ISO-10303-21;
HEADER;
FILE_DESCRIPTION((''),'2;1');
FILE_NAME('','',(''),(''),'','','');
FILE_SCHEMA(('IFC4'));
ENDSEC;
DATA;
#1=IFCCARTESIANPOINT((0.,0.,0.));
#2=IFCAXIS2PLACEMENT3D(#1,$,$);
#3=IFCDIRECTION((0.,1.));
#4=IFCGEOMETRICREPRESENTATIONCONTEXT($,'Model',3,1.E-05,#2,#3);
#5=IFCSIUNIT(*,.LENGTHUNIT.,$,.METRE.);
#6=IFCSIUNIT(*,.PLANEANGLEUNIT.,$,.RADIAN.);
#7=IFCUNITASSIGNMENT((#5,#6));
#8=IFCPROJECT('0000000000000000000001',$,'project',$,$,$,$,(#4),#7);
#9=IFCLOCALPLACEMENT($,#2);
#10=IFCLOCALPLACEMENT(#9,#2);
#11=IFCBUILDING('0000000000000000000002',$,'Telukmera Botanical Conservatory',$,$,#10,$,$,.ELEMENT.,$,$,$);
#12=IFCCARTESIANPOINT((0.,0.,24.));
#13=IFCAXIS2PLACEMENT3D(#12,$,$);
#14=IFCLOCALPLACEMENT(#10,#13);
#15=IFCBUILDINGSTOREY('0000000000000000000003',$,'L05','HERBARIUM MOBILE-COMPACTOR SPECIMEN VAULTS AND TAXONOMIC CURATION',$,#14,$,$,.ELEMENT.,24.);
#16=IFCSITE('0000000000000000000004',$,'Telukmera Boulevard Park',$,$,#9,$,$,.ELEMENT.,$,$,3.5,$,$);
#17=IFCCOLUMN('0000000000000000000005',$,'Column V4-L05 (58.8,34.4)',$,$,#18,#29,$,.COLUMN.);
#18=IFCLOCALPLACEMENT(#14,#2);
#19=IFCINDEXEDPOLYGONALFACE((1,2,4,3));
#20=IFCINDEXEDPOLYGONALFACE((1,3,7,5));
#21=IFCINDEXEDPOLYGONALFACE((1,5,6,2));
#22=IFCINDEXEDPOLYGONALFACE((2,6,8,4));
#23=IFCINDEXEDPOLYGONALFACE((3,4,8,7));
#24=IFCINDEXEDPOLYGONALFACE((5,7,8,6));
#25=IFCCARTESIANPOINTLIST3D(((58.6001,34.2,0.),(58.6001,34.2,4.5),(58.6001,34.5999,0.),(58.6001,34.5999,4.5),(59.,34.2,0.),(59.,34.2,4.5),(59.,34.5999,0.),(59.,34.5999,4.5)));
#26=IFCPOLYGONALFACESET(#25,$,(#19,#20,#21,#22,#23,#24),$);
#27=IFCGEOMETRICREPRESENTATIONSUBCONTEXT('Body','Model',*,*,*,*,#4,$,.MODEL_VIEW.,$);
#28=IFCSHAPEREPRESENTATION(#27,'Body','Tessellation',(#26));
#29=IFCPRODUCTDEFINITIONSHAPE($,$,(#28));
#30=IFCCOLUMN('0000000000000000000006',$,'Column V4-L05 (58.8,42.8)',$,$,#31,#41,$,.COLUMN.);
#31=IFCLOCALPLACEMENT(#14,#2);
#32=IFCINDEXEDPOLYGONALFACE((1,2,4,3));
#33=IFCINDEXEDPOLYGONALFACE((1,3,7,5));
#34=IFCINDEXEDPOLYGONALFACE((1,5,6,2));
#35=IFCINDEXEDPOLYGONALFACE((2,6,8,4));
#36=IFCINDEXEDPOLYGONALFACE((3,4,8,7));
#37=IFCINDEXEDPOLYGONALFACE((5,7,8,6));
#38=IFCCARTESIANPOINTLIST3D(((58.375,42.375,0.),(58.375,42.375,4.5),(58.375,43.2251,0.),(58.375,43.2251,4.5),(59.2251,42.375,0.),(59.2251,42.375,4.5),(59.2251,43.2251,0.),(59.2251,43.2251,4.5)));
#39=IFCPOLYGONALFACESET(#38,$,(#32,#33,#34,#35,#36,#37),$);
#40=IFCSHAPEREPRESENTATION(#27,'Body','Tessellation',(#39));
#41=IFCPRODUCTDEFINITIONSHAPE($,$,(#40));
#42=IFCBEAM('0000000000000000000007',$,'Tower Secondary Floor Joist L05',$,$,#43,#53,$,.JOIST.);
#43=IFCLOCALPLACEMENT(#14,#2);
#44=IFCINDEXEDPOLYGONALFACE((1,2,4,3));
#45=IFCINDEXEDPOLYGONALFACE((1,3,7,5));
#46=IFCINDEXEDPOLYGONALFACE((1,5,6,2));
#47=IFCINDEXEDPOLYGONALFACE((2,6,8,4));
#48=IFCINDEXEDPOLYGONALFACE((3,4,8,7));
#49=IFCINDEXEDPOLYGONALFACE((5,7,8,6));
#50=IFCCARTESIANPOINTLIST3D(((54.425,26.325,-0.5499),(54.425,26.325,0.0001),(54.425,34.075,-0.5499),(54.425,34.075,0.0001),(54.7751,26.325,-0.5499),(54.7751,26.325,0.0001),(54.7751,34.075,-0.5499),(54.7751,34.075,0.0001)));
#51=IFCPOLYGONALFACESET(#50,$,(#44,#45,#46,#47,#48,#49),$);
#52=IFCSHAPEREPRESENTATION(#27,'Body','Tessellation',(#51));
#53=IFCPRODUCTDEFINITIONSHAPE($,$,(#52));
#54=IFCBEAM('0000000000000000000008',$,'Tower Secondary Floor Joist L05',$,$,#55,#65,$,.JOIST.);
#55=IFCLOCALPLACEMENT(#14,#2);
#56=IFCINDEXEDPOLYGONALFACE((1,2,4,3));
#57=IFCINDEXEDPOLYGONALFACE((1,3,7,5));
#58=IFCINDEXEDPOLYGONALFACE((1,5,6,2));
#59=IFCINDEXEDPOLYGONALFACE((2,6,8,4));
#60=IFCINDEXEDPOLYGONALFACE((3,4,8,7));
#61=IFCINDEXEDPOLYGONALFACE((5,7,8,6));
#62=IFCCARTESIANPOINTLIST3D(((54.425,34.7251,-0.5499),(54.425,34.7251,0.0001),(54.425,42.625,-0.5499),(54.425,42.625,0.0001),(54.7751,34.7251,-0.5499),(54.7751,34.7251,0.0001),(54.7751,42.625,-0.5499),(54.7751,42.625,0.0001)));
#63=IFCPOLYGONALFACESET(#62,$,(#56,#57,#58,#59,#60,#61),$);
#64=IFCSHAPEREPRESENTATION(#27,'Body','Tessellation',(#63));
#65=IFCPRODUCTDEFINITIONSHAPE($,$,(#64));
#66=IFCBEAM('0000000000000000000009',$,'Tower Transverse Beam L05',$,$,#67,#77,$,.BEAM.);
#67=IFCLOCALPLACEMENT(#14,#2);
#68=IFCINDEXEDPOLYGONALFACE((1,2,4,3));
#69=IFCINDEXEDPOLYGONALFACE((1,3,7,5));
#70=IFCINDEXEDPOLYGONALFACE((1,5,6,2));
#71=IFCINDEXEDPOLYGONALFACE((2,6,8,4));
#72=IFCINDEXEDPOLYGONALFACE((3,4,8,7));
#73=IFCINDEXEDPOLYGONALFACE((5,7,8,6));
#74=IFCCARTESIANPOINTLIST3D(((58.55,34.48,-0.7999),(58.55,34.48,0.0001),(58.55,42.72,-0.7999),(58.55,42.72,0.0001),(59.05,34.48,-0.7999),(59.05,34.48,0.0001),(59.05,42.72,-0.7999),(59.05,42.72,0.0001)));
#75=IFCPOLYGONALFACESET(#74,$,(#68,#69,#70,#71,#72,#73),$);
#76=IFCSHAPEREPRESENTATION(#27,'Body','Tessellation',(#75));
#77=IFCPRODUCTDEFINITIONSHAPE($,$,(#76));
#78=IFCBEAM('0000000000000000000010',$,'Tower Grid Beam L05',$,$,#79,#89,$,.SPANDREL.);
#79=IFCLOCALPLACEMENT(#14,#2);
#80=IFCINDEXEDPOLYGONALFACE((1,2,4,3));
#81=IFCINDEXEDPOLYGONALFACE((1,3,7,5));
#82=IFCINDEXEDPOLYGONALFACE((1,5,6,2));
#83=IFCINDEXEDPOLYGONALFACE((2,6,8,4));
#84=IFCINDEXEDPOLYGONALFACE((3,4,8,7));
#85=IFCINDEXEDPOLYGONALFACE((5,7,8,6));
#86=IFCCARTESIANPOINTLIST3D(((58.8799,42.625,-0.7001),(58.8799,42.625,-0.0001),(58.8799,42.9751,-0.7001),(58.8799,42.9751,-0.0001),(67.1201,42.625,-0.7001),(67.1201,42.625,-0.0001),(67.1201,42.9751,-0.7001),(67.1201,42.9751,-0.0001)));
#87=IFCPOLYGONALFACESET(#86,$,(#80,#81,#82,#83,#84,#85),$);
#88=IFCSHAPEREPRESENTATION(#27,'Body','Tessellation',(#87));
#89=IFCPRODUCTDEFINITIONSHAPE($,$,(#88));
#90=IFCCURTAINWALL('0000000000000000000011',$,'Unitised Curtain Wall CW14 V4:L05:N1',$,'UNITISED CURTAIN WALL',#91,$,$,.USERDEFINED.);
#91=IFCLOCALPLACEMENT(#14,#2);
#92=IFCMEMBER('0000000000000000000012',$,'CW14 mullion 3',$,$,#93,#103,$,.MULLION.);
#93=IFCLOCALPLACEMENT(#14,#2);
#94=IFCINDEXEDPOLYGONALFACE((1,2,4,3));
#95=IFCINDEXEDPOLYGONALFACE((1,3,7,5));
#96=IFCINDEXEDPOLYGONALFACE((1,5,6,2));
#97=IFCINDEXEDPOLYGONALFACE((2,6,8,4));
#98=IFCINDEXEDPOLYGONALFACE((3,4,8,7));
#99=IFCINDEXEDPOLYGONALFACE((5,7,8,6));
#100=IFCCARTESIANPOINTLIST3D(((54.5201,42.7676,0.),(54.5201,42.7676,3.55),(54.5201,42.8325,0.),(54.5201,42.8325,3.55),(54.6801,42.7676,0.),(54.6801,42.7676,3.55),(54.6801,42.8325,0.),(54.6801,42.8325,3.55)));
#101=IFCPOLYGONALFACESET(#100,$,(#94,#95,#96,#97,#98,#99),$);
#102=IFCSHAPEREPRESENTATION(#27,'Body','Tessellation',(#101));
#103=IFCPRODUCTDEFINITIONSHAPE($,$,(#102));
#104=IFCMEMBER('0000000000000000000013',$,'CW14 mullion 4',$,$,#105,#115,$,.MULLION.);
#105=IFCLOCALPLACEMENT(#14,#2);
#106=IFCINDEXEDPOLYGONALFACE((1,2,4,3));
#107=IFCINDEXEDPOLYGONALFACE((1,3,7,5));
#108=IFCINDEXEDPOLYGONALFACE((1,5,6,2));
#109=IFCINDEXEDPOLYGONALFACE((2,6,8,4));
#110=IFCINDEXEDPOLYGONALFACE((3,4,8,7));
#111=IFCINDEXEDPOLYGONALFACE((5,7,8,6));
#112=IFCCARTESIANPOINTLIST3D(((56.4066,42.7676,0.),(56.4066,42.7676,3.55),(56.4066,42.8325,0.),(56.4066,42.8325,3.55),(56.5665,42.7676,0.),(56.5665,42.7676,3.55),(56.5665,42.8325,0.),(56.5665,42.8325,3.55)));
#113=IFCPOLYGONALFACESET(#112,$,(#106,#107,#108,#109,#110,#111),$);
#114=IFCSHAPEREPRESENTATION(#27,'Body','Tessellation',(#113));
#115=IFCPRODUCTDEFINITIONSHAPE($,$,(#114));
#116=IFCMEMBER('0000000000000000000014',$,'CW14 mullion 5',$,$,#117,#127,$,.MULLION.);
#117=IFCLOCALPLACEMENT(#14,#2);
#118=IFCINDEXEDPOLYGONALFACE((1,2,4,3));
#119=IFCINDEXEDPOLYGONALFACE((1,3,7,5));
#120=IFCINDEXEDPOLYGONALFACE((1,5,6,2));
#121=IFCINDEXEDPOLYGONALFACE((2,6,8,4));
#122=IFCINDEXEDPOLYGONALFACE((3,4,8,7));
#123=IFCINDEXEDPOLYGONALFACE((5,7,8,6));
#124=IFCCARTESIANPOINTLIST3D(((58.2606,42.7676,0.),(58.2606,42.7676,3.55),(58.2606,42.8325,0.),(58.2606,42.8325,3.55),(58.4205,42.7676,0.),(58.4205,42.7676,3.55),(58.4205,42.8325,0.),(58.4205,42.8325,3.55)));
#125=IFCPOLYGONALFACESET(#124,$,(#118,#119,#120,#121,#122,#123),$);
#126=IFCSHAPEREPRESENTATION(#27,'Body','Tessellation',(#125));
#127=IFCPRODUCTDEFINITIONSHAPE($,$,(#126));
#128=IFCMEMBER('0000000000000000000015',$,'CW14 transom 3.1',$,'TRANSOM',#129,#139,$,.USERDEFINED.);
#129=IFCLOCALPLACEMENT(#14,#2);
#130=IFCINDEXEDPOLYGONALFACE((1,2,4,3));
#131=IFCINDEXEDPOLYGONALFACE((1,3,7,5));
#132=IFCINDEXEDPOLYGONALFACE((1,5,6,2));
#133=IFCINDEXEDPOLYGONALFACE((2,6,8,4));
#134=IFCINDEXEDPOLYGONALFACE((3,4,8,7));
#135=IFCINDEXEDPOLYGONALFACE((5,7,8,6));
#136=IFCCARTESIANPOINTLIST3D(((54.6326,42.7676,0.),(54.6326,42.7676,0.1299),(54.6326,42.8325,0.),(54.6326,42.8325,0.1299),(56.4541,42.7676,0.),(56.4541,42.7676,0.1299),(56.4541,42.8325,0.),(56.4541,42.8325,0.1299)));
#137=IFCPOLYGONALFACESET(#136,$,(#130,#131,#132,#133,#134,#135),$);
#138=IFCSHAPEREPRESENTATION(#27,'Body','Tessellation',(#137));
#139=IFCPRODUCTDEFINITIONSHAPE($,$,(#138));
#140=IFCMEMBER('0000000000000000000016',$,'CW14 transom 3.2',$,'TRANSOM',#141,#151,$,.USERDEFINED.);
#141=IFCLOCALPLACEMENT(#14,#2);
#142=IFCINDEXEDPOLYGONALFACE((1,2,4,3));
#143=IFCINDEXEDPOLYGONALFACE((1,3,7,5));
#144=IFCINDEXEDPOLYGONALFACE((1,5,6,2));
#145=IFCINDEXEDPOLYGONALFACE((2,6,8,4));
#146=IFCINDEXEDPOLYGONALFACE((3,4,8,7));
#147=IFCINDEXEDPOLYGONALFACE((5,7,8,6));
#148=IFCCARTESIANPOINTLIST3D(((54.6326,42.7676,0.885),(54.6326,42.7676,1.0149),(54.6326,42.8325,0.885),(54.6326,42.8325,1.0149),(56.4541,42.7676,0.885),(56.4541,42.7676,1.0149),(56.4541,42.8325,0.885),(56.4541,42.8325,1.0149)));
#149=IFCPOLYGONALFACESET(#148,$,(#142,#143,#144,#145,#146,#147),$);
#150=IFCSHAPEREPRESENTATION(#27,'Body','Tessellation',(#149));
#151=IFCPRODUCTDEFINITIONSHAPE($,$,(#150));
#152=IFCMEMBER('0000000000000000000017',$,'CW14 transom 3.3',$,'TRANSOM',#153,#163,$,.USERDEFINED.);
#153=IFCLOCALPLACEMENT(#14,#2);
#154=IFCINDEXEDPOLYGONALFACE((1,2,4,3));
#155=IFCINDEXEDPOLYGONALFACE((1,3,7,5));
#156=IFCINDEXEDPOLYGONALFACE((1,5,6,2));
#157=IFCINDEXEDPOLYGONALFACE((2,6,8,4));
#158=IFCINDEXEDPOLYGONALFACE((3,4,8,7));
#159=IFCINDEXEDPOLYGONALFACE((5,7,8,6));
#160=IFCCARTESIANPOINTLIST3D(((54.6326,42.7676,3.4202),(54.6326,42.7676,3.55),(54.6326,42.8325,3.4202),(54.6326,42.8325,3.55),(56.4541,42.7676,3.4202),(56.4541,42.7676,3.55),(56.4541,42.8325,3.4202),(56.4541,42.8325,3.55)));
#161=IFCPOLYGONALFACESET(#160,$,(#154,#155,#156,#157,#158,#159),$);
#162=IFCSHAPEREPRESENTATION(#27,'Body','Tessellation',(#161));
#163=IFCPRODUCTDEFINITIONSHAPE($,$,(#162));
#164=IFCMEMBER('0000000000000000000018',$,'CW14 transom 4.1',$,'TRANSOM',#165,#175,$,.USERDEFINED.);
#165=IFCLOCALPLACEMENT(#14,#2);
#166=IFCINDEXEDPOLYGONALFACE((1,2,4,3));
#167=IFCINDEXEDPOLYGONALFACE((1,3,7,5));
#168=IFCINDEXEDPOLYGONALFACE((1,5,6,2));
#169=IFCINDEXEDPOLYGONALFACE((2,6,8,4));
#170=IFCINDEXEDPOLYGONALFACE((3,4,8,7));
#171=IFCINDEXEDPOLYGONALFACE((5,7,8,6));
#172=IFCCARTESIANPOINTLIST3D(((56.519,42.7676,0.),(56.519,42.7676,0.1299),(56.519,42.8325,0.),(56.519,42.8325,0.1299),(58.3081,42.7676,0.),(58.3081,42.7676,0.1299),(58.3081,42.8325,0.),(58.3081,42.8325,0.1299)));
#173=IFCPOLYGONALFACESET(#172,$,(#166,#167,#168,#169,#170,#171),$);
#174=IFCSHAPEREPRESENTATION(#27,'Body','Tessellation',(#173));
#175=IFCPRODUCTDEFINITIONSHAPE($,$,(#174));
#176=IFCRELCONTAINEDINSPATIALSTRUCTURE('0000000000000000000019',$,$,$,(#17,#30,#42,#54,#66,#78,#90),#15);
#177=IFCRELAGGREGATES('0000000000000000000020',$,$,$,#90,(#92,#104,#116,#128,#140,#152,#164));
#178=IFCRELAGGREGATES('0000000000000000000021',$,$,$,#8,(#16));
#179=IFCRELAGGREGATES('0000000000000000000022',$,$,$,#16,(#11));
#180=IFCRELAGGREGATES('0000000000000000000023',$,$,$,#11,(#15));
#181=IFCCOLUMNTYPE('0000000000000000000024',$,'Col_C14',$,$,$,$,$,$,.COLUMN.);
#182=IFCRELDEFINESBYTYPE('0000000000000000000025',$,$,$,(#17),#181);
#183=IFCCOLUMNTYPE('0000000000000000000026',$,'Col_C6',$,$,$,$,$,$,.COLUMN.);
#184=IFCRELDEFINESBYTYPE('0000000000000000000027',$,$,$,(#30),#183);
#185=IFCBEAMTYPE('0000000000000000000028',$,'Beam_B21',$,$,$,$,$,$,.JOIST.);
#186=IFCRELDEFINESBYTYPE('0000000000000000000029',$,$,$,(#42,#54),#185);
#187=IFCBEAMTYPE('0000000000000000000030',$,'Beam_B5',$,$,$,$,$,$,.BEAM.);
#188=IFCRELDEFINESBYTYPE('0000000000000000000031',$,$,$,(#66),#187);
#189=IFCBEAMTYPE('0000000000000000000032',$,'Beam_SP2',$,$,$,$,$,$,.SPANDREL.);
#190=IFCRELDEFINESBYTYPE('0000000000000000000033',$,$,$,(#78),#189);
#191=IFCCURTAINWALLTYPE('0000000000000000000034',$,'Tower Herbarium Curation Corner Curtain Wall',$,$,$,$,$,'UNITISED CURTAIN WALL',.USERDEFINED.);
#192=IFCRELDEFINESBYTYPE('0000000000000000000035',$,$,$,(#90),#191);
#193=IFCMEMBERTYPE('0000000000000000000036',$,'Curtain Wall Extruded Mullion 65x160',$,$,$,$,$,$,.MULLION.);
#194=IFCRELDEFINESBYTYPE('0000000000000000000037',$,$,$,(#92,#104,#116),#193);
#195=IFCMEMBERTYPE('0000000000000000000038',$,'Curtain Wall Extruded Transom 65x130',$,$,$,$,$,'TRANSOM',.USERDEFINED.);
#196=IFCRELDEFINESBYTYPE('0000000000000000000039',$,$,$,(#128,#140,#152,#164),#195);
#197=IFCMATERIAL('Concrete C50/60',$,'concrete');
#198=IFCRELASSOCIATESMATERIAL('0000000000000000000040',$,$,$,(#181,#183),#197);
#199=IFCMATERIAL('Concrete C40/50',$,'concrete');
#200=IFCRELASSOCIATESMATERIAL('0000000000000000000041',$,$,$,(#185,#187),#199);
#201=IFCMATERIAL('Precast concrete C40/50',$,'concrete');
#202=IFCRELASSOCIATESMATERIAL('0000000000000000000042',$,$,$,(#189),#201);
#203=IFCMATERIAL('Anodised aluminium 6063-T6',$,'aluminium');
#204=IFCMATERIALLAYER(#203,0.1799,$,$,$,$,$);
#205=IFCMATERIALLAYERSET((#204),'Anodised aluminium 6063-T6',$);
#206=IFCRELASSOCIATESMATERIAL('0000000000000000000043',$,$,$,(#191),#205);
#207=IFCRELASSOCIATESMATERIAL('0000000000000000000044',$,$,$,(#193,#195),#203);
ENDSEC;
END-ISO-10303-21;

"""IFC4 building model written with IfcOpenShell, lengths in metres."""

from ifc_helpers import new_model, si_unit, direction, frame, origin, origin_2d, place, context, subcontext, project, spatial, rectangle, extrude, material, layer, layer_set, material_profile, profile_set, type_object, element, aggregate, save


model = new_model("IFC4")

# Units and contexts
model_context = context("Model", 3, precision=1e-05, world=origin(), true_north=direction((0.0, 1.0)))
body_context = subcontext(model_context, "Body", "Model", "MODEL_VIEW")
ifc_project = project(units=[si_unit("LENGTHUNIT", "METRE"), si_unit("PLANEANGLEUNIT", "RADIAN")], contexts=[model_context])

# Site, building, storey
site_placement = place(None, origin())
site = spatial("IfcSite", under=ifc_project, at=site_placement, Name="Telukmera Boulevard Park", CompositionType="ELEMENT", RefElevation=3.5)
building_placement = place(site_placement, origin())
building = spatial("IfcBuilding", under=site, at=building_placement, Name="Telukmera Botanical Conservatory", CompositionType="ELEMENT")
storey_placement = place(building_placement, frame((0.0, 0.0, 24.0)))
storey = spatial("IfcBuildingStorey", under=building, at=storey_placement, Name="L05", Description="HERBARIUM MOBILE-COMPACTOR SPECIMEN VAULTS AND TAXONOMIC CURATION", CompositionType="ELEMENT", Elevation=24.0)

# Columns
ifc_material_1 = material(Name="Concrete C50/60", Category="concrete")
ifc_material_profile_1 = material_profile(ifc_material_1, rectangle(XDim=0.3999, YDim=0.3999, at=origin_2d()), Name="RC 400x400")
ifc_profile_set_1 = profile_set([ifc_material_profile_1], Name="Concrete C50/60")
column_type_1 = type_object("IfcColumnType", Name="Col_C14", PredefinedType="COLUMN", material=ifc_profile_set_1)
column_1_placement = place(storey_placement, frame((58.8, 34.3999, 0.0), z_axis=(0.0, 0.0, 1.0), x_axis=(1.0, 0.0, 0.0)))
element("IfcColumn", 1, at=column_1_placement, inside=storey, type_object=column_type_1, Name="Column V4-L05 (58.8,34.4)", PredefinedType="COLUMN", context=body_context, shape_type="SweptSolid", body=[
    extrude(rectangle(XDim=0.3999, YDim=0.3999, at=origin_2d()), origin(), (0.0, 0.0, 1.0), 4.5),
])
ifc_material_profile_2 = material_profile(ifc_material_1, rectangle(XDim=0.8501, YDim=0.8501, at=origin_2d()), Name="RC 850x850")
ifc_profile_set_2 = profile_set([ifc_material_profile_2], Name="Concrete C50/60")
column_type_2 = type_object("IfcColumnType", Name="Col_C6", PredefinedType="COLUMN", material=ifc_profile_set_2)
column_2_placement = place(storey_placement, frame((58.8, 42.8, 0.0), z_axis=(0.0, 0.0, 1.0), x_axis=(1.0, 0.0, 0.0)))
element("IfcColumn", 2, at=column_2_placement, inside=storey, type_object=column_type_2, Name="Column V4-L05 (58.8,42.8)", PredefinedType="COLUMN", context=body_context, shape_type="SweptSolid", body=[
    extrude(rectangle(XDim=0.8501, YDim=0.8501, at=origin_2d()), origin(), (0.0, 0.0, 1.0), 4.5),
])

# Beams
ifc_material_2 = material(Name="Concrete C40/50", Category="concrete")
ifc_material_profile_3 = material_profile(ifc_material_2, rectangle(XDim=0.3501, YDim=0.55, at=origin_2d()), Name="RC 350x550")
ifc_profile_set_3 = profile_set([ifc_material_profile_3], Name="Concrete C40/50")
beam_type_1 = type_object("IfcBeamType", Name="Beam_B21", PredefinedType="JOIST", material=ifc_profile_set_3)
beam_1_placement = place(storey_placement, frame((54.6001, 26.325, -0.2749), z_axis=(0.0, 1.0, 0.0), x_axis=(-1.0, 0.0, 0.0)))
element("IfcBeam", 3, at=beam_1_placement, inside=storey, type_object=beam_type_1, Name="Tower Secondary Floor Joist L05", PredefinedType="JOIST", context=body_context, shape_type="SweptSolid", body=[
    extrude(rectangle(XDim=0.3501, YDim=0.55, at=origin_2d()), origin(), (0.0, 0.0, 1.0), 7.75),
])
beam_2_placement = place(storey_placement, frame((54.6001, 34.7251, -0.2749), z_axis=(0.0, 1.0, 0.0), x_axis=(-1.0, 0.0, 0.0)))
element("IfcBeam", 4, at=beam_2_placement, inside=storey, type_object=beam_type_1, Name="Tower Secondary Floor Joist L05", PredefinedType="JOIST", context=body_context, shape_type="SweptSolid", body=[
    extrude(rectangle(XDim=0.3501, YDim=0.55, at=origin_2d()), origin(), (0.0, 0.0, 1.0), 7.8999),
])
ifc_material_profile_4 = material_profile(ifc_material_2, rectangle(XDim=0.5, YDim=0.8, at=origin_2d()), Name="RC 500x800")
ifc_profile_set_4 = profile_set([ifc_material_profile_4], Name="Concrete C40/50")
beam_type_2 = type_object("IfcBeamType", Name="Beam_B5", PredefinedType="BEAM", material=ifc_profile_set_4)
beam_3_placement = place(storey_placement, frame((58.8, 34.48, -0.3999), z_axis=(0.0, 1.0, 0.0), x_axis=(-1.0, 0.0, 0.0)))
element("IfcBeam", 5, at=beam_3_placement, inside=storey, type_object=beam_type_2, Name="Tower Transverse Beam L05", PredefinedType="BEAM", context=body_context, shape_type="SweptSolid", body=[
    extrude(rectangle(XDim=0.5, YDim=0.8, at=origin_2d()), origin(), (0.0, 0.0, 1.0), 8.24),
])
ifc_material_3 = material(Name="Precast concrete C40/50", Category="concrete")
ifc_material_profile_5 = material_profile(ifc_material_3, rectangle(XDim=0.3501, YDim=0.7, at=origin_2d()), Name="PC 350x700")
ifc_profile_set_5 = profile_set([ifc_material_profile_5], Name="Precast concrete C40/50")
beam_type_3 = type_object("IfcBeamType", Name="Beam_SP2", PredefinedType="SPANDREL", material=ifc_profile_set_5)
beam_4_placement = place(storey_placement, frame((58.8799, 42.8, -0.3501), z_axis=(1.0, 0.0, 0.0), x_axis=(0.0, 1.0, 0.0)))
element("IfcBeam", 6, at=beam_4_placement, inside=storey, type_object=beam_type_3, Name="Tower Grid Beam L05", PredefinedType="SPANDREL", context=body_context, shape_type="SweptSolid", body=[
    extrude(rectangle(XDim=0.3501, YDim=0.7, at=origin_2d()), origin(), (0.0, 0.0, 1.0), 8.2402),
])

# Curtain wall, members
ifc_material_4 = material(Name="Anodised aluminium 6063-T6", Category="aluminium")
ifc_layer_1 = layer(ifc_material_4, 0.1799)
ifc_layer_set_1 = layer_set([ifc_layer_1], Name="Anodised aluminium 6063-T6")
curtain_wall_type = type_object("IfcCurtainWallType", Name="Tower Herbarium Curation Corner Curtain Wall", ElementType="UNITISED CURTAIN WALL", PredefinedType="USERDEFINED", material=ifc_layer_set_1)
curtain_wall_placement = place(storey_placement, origin())
curtain_wall = element("IfcCurtainWall", 7, at=curtain_wall_placement, inside=storey, type_object=curtain_wall_type, Name="Unitised Curtain Wall CW14 V4:L05:N1", ObjectType="UNITISED CURTAIN WALL", PredefinedType="USERDEFINED")
ifc_material_profile_6 = material_profile(ifc_material_4, rectangle(XDim=0.0649, YDim=0.1599, at=origin_2d()), Name="ALU MULL 65x160")
ifc_profile_set_6 = profile_set([ifc_material_profile_6], Name="Anodised aluminium 6063-T6")
member_type_1 = type_object("IfcMemberType", Name="Curtain Wall Extruded Mullion 65x160", PredefinedType="MULLION", material=ifc_profile_set_6)
member_1_placement = place(storey_placement, frame((54.6001, 42.8, 0.0), z_axis=(0.0, 0.0, 1.0), x_axis=(0.0, 1.0, 0.0)))
member_1 = element("IfcMember", 8, at=member_1_placement, type_object=member_type_1, Name="CW14 mullion 3", PredefinedType="MULLION", context=body_context, shape_type="SweptSolid", body=[
    extrude(rectangle(XDim=0.0649, YDim=0.1599, at=origin_2d()), origin(), (0.0, 0.0, 1.0), 3.55),
])
member_2_placement = place(storey_placement, frame((56.4866, 42.8, 0.0), z_axis=(0.0, 0.0, 1.0), x_axis=(0.0, 1.0, 0.0)))
member_2 = element("IfcMember", 9, at=member_2_placement, type_object=member_type_1, Name="CW14 mullion 4", PredefinedType="MULLION", context=body_context, shape_type="SweptSolid", body=[
    extrude(rectangle(XDim=0.0649, YDim=0.1599, at=origin_2d()), origin(), (0.0, 0.0, 1.0), 3.55),
])
member_3_placement = place(storey_placement, frame((58.3406, 42.8, 0.0), z_axis=(0.0, 0.0, 1.0), x_axis=(0.0, 1.0, 0.0)))
member_3 = element("IfcMember", 10, at=member_3_placement, type_object=member_type_1, Name="CW14 mullion 5", PredefinedType="MULLION", context=body_context, shape_type="SweptSolid", body=[
    extrude(rectangle(XDim=0.0649, YDim=0.1599, at=origin_2d()), origin(), (0.0, 0.0, 1.0), 3.55),
])
ifc_material_profile_7 = material_profile(ifc_material_4, rectangle(XDim=0.0649, YDim=0.1299, at=origin_2d()), Name="ALU TRAN 65x130")
ifc_profile_set_7 = profile_set([ifc_material_profile_7], Name="Anodised aluminium 6063-T6")
member_type_2 = type_object("IfcMemberType", Name="Curtain Wall Extruded Transom 65x130", ElementType="TRANSOM", PredefinedType="USERDEFINED", material=ifc_profile_set_7)
member_4_placement = place(storey_placement, frame((54.6326, 42.8, 0.0649), z_axis=(1.0, 0.0, 0.0), x_axis=(0.0, 1.0, 0.0)))
member_4 = element("IfcMember", 11, at=member_4_placement, type_object=member_type_2, Name="CW14 transom 3.1", ObjectType="TRANSOM", PredefinedType="USERDEFINED", context=body_context, shape_type="SweptSolid", body=[
    extrude(rectangle(XDim=0.0649, YDim=0.1299, at=origin_2d()), origin(), (0.0, 0.0, 1.0), 1.8215),
])
member_5_placement = place(storey_placement, frame((54.6326, 42.8, 0.95), z_axis=(1.0, 0.0, 0.0), x_axis=(0.0, 1.0, 0.0)))
member_5 = element("IfcMember", 12, at=member_5_placement, type_object=member_type_2, Name="CW14 transom 3.2", ObjectType="TRANSOM", PredefinedType="USERDEFINED", context=body_context, shape_type="SweptSolid", body=[
    extrude(rectangle(XDim=0.0649, YDim=0.1299, at=origin_2d()), origin(), (0.0, 0.0, 1.0), 1.8215),
])
member_6_placement = place(storey_placement, frame((54.6326, 42.8, 3.4851), z_axis=(1.0, 0.0, 0.0), x_axis=(0.0, 1.0, 0.0)))
member_6 = element("IfcMember", 13, at=member_6_placement, type_object=member_type_2, Name="CW14 transom 3.3", ObjectType="TRANSOM", PredefinedType="USERDEFINED", context=body_context, shape_type="SweptSolid", body=[
    extrude(rectangle(XDim=0.0649, YDim=0.1299, at=origin_2d()), origin(), (0.0, 0.0, 1.0), 1.8215),
])
member_7_placement = place(storey_placement, frame((56.519, 42.8, 0.0649), z_axis=(1.0, 0.0, 0.0), x_axis=(0.0, 1.0, 0.0)))
member_7 = element("IfcMember", 14, at=member_7_placement, type_object=member_type_2, Name="CW14 transom 4.1", ObjectType="TRANSOM", PredefinedType="USERDEFINED", context=body_context, shape_type="SweptSolid", body=[
    extrude(rectangle(XDim=0.0649, YDim=0.1299, at=origin_2d()), origin(), (0.0, 0.0, 1.0), 1.7891),
])
aggregate(curtain_wall, [member_1, member_2, member_3, member_4, member_5, member_6, member_7])

save(model, "model.ifc")
